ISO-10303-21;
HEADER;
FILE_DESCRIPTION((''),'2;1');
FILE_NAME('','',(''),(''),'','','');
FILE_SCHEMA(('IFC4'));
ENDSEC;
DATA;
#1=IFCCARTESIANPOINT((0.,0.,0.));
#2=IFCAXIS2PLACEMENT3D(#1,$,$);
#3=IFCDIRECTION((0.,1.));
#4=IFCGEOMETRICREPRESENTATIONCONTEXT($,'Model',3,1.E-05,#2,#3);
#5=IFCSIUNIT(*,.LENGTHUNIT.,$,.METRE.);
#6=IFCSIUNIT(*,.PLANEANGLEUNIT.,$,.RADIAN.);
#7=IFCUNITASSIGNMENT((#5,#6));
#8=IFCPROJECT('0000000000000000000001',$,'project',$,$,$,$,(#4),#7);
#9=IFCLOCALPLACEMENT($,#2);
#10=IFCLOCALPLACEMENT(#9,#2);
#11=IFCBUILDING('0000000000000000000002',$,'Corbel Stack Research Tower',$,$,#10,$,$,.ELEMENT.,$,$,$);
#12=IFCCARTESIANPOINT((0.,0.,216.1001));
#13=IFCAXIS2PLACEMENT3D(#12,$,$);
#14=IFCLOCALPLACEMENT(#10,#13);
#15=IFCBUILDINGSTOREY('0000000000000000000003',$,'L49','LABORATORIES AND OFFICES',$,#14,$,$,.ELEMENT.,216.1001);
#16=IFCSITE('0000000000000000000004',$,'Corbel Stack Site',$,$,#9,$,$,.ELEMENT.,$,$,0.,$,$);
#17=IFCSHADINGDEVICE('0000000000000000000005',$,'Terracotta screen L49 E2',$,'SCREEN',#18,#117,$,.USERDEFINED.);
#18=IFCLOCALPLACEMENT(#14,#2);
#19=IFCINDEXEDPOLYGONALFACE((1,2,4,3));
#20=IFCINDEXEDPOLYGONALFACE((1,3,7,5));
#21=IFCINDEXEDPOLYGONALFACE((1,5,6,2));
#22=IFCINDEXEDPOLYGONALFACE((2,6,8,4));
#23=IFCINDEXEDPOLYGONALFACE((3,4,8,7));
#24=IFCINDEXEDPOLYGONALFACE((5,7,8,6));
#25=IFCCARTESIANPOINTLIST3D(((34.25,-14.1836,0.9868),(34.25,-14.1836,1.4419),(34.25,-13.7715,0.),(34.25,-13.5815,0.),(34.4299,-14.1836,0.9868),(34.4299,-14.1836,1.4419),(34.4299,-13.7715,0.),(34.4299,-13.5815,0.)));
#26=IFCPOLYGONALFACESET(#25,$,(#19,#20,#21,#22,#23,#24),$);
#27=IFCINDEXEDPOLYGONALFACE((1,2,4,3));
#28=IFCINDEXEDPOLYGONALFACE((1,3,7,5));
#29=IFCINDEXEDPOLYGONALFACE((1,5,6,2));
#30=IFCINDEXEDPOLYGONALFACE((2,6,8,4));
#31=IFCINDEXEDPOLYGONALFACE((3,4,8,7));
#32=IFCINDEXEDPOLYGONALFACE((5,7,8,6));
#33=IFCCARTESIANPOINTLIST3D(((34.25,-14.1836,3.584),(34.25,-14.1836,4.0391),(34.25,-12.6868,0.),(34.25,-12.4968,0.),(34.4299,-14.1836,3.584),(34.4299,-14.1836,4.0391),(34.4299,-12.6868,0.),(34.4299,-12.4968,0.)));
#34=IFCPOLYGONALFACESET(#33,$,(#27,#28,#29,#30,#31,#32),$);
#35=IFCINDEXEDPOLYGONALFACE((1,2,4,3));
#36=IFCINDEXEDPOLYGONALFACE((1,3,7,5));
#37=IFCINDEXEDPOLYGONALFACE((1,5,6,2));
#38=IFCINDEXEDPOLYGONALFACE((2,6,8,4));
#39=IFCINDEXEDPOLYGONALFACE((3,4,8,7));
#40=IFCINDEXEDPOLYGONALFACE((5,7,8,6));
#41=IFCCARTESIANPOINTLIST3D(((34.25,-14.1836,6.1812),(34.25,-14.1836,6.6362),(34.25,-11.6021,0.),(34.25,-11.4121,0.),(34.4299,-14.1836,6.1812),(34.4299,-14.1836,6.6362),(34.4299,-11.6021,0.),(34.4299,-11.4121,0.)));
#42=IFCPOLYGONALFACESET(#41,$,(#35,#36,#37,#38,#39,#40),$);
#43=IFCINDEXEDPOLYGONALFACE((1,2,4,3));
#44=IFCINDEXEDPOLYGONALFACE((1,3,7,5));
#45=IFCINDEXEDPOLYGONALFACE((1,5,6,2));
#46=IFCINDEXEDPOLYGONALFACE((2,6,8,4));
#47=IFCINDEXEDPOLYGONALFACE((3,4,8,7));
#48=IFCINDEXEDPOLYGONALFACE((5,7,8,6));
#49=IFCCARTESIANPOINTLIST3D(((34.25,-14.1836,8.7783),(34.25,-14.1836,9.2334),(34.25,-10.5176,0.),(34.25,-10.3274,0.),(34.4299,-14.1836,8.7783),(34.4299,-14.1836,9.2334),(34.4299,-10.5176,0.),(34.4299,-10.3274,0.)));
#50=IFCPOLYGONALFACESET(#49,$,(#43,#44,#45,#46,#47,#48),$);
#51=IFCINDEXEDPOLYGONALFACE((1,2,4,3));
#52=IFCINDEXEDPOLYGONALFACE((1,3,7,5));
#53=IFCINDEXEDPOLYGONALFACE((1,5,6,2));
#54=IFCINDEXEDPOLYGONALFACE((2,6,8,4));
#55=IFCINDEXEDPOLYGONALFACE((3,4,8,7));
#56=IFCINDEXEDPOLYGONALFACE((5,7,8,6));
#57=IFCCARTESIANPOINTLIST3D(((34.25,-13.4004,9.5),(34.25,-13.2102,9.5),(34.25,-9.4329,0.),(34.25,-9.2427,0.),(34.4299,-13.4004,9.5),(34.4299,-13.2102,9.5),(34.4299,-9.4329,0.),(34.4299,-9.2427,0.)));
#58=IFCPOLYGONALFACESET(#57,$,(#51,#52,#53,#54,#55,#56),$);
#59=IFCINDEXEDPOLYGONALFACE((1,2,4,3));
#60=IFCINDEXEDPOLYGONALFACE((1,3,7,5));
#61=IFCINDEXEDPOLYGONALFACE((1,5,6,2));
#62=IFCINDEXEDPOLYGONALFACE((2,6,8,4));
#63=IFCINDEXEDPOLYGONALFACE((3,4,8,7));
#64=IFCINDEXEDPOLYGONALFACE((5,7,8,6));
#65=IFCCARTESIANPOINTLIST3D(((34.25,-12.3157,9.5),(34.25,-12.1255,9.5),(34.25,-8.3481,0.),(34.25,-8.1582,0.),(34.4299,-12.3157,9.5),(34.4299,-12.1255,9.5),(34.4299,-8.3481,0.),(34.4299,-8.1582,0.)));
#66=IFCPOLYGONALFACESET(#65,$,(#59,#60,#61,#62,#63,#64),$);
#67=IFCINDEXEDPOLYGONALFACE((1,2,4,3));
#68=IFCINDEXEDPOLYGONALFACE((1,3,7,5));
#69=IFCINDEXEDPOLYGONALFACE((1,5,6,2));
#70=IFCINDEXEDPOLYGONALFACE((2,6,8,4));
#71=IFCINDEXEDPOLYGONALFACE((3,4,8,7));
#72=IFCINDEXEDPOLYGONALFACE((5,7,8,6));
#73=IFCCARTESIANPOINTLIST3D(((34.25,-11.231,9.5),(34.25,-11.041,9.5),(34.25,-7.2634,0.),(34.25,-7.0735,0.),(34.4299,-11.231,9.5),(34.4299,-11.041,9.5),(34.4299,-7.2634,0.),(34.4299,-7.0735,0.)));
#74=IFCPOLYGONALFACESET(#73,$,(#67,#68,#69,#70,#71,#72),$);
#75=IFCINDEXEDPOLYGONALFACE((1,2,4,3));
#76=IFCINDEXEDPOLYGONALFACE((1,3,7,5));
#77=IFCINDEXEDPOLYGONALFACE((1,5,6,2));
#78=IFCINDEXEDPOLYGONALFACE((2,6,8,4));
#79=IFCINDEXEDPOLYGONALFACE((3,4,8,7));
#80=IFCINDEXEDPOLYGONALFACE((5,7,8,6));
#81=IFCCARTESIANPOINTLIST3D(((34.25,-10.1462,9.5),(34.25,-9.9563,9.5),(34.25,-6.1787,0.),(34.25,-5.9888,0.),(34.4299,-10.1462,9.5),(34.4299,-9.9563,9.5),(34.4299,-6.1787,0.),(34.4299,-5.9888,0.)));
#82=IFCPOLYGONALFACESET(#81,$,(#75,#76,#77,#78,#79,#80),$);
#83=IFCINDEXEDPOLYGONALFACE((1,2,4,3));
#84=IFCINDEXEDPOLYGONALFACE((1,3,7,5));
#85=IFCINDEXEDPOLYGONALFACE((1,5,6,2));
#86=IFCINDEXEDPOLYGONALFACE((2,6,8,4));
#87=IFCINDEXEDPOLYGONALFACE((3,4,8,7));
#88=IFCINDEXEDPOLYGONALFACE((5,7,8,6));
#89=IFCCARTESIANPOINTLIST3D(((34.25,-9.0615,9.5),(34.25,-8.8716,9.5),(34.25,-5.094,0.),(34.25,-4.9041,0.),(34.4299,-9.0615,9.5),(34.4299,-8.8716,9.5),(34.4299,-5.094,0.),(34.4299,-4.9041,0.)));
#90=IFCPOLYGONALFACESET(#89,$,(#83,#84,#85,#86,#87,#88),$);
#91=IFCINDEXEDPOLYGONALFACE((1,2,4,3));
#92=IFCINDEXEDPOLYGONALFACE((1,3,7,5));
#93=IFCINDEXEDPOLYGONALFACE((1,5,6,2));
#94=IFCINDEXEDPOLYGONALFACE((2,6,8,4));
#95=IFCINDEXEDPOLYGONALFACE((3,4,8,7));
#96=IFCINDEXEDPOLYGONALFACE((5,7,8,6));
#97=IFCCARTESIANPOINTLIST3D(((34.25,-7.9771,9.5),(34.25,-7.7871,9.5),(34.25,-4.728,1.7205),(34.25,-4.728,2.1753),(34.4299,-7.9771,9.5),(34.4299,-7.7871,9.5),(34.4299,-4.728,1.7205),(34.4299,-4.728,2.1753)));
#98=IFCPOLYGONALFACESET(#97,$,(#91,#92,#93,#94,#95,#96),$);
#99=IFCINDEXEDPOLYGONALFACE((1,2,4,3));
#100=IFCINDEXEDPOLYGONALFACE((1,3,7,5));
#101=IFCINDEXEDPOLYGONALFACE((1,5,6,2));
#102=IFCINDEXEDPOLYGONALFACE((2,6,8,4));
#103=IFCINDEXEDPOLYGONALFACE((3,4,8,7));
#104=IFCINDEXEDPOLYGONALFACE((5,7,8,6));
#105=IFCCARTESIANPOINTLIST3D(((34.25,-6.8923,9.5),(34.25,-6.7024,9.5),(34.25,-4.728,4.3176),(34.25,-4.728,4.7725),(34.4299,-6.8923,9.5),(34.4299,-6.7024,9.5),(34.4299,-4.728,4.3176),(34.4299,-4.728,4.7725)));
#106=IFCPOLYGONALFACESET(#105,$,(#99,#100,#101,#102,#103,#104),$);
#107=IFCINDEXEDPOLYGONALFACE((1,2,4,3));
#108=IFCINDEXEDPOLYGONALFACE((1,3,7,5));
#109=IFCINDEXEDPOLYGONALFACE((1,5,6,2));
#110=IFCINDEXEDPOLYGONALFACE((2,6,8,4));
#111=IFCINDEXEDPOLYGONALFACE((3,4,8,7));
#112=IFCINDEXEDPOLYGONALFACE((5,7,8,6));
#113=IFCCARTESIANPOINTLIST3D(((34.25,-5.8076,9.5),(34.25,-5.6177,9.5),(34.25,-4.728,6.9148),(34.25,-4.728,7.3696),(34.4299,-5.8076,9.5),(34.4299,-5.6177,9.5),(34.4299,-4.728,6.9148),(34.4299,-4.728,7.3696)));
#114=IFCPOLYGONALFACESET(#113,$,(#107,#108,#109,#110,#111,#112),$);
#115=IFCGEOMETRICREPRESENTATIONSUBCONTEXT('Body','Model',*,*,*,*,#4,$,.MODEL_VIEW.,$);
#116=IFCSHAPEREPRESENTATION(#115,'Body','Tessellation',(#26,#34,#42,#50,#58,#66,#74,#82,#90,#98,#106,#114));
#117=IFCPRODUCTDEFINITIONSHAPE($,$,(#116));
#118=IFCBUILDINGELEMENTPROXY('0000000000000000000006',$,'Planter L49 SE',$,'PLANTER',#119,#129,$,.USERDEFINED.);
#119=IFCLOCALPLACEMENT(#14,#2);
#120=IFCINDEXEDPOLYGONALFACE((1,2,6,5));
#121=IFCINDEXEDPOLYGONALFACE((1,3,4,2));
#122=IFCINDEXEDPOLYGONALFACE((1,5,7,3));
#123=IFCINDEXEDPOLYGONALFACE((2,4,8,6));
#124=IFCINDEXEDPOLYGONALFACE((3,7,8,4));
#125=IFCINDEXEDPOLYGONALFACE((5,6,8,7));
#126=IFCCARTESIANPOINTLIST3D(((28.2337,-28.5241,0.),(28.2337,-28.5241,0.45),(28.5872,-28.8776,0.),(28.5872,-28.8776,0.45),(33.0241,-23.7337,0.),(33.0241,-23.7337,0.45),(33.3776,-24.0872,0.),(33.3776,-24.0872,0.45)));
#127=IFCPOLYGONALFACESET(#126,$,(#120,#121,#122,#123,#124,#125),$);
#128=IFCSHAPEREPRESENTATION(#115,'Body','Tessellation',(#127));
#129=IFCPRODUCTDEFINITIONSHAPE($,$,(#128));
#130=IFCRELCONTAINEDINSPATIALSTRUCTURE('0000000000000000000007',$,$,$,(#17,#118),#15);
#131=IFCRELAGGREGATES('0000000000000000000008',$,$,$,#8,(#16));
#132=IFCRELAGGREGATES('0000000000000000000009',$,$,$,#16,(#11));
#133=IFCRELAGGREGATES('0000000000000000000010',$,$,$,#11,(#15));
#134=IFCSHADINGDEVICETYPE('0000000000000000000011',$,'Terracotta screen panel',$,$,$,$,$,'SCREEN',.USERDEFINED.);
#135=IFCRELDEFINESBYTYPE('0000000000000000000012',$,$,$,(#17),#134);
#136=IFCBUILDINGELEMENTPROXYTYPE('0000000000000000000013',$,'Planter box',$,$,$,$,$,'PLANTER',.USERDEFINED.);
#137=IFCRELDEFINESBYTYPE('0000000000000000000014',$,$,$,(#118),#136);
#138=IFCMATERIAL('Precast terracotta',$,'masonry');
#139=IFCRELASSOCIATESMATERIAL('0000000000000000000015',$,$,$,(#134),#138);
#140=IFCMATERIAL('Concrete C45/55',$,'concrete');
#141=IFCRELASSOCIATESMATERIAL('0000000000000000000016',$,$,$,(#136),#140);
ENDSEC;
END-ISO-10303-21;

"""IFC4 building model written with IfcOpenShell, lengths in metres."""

from ifc_helpers import new_model, si_unit, direction, frame, origin, origin_2d, place, context, subcontext, project, spatial, polyline, rectangle, outline, extrude, source, transform, mapped, material, type_object, element, save


model = new_model("IFC4")

# Units and contexts
model_context = context("Model", 3, precision=1e-05, world=origin(), true_north=direction((0.0, 1.0)))
body_context = subcontext(model_context, "Body", "Model", "MODEL_VIEW")
ifc_project = project(units=[si_unit("LENGTHUNIT", "METRE"), si_unit("PLANEANGLEUNIT", "RADIAN")], contexts=[model_context])

# Site, building, storey
site_placement = place(None, origin())
site = spatial("IfcSite", under=ifc_project, at=site_placement, Name="Corbel Stack Site", CompositionType="ELEMENT", RefElevation=0.0)
building_placement = place(site_placement, origin())
building = spatial("IfcBuilding", under=site, at=building_placement, Name="Corbel Stack Research Tower", CompositionType="ELEMENT")
storey_placement = place(building_placement, frame((0.0, 0.0, 216.1001)))
storey = spatial("IfcBuildingStorey", under=building, at=storey_placement, Name="L49", Description="LABORATORIES AND OFFICES", CompositionType="ELEMENT", Elevation=216.1001)

# Shading device
ifc_material_1 = material(Name="Precast terracotta", Category="masonry")
shading_device_type = type_object("IfcShadingDeviceType", Name="Terracotta screen panel", ElementType="SCREEN", PredefinedType="USERDEFINED", material=ifc_material_1)
shared_shape_1 = source(origin(), body_context, "Body", "SweptSolid", [
    extrude(outline(polyline([(0.6021, 0.0), (0.0, 1.4419), (0.0, 0.9868), (0.4121, 0.0), (0.6021, 0.0)])), frame((0.0, 0.0, 0.0), z_axis=(0.0, -1.0, 0.0), x_axis=(1.0, 0.0, 0.0)), (0.0, 0.0, 1.0), 0.1799),
    extrude(outline(polyline([(1.6868, 0.0), (0.0, 4.0391), (0.0, 3.584), (1.4968, 0.0), (1.6868, 0.0)])), frame((0.0, 0.0, 0.0), z_axis=(0.0, -1.0, 0.0), x_axis=(1.0, 0.0, 0.0)), (0.0, 0.0, 1.0), 0.1799),
    extrude(outline(polyline([(2.7715, 0.0), (0.0, 6.6362), (0.0, 6.1812), (2.5815, 0.0), (2.7715, 0.0)])), frame((0.0, 0.0, 0.0), z_axis=(0.0, -1.0, 0.0), x_axis=(1.0, 0.0, 0.0)), (0.0, 0.0, 1.0), 0.1799),
    extrude(outline(polyline([(3.8562, 0.0), (0.0, 9.2334), (0.0, 8.7783), (3.666, 0.0), (3.8562, 0.0)])), frame((0.0, 0.0, 0.0), z_axis=(0.0, -1.0, 0.0), x_axis=(1.0, 0.0, 0.0)), (0.0, 0.0, 1.0), 0.1799),
    extrude(outline(polyline([(4.9409, 0.0), (0.9734, 9.5), (0.7832, 9.5), (4.7507, 0.0), (4.9409, 0.0)])), frame((0.0, 0.0, 0.0), z_axis=(0.0, -1.0, 0.0), x_axis=(1.0, 0.0, 0.0)), (0.0, 0.0, 1.0), 0.1799),
    extrude(outline(polyline([(6.0254, 0.0), (2.0581, 9.5), (1.8679, 9.5), (5.8354, 0.0), (6.0254, 0.0)])), frame((0.0, 0.0, 0.0), z_axis=(0.0, -1.0, 0.0), x_axis=(1.0, 0.0, 0.0)), (0.0, 0.0, 1.0), 0.1799),
    extrude(outline(polyline([(7.1101, 0.0), (3.1426, 9.5), (2.9526, 9.5), (6.9202, 0.0), (7.1101, 0.0)])), frame((0.0, 0.0, 0.0), z_axis=(0.0, -1.0, 0.0), x_axis=(1.0, 0.0, 0.0)), (0.0, 0.0, 1.0), 0.1799),
    extrude(outline(polyline([(8.1948, 0.0), (4.2273, 9.5), (4.0374, 9.5), (8.0049, 0.0), (8.1948, 0.0)])), frame((0.0, 0.0, 0.0), z_axis=(0.0, -1.0, 0.0), x_axis=(1.0, 0.0, 0.0)), (0.0, 0.0, 1.0), 0.1799),
    extrude(outline(polyline([(9.2795, 0.0), (5.312, 9.5), (5.1221, 9.5), (9.0896, 0.0), (9.2795, 0.0)])), frame((0.0, 0.0, 0.0), z_axis=(0.0, -1.0, 0.0), x_axis=(1.0, 0.0, 0.0)), (0.0, 0.0, 1.0), 0.1799),
    extrude(outline(polyline([(6.3965, 9.5), (6.2065, 9.5), (9.4556, 1.7205), (9.4556, 2.1753), (6.3965, 9.5)])), frame((0.0, 0.0, 0.0), z_axis=(0.0, -1.0, 0.0), x_axis=(1.0, 0.0, 0.0)), (0.0, 0.0, 1.0), 0.1799),
    extrude(outline(polyline([(7.4812, 9.5), (7.2913, 9.5), (9.4556, 4.3176), (9.4556, 4.7725), (7.4812, 9.5)])), frame((0.0, 0.0, 0.0), z_axis=(0.0, -1.0, 0.0), x_axis=(1.0, 0.0, 0.0)), (0.0, 0.0, 1.0), 0.1799),
    extrude(outline(polyline([(8.5659, 9.5), (8.376, 9.5), (9.4556, 6.9148), (9.4556, 7.3696), (8.5659, 9.5)])), frame((0.0, 0.0, 0.0), z_axis=(0.0, -1.0, 0.0), x_axis=(1.0, 0.0, 0.0)), (0.0, 0.0, 1.0), 0.1799),
])
shading_device_1_placement = place(storey_placement, frame((34.25, -14.1836, 0.0), z_axis=(0.0, 0.0, 1.0), x_axis=(0.0, 1.0, 0.0)))
element("IfcShadingDevice", 1, at=shading_device_1_placement, inside=storey, type_object=shading_device_type, Name="Terracotta screen L49 E2", ObjectType="SCREEN", PredefinedType="USERDEFINED", context=body_context, shape_type="MappedRepresentation", body=[
    mapped(shared_shape_1, transform((0.0, 0.0, 0.0))),
])

# Building element proxy
ifc_material_2 = material(Name="Concrete C45/55", Category="concrete")
building_element_proxy_type = type_object("IfcBuildingElementProxyType", Name="Planter box", ElementType="PLANTER", PredefinedType="USERDEFINED", material=ifc_material_2)
proxy_placement = place(storey_placement, frame((30.8057, -26.3057, 0.0), z_axis=(0.0, 0.0, 1.0), x_axis=(0.707107, 0.707107, 0.0)))
element("IfcBuildingElementProxy", 2, at=proxy_placement, inside=storey, type_object=building_element_proxy_type, Name="Planter L49 SE", ObjectType="PLANTER", PredefinedType="USERDEFINED", context=body_context, shape_type="SweptSolid", body=[
    extrude(rectangle(XDim=6.7747, YDim=0.5, at=origin_2d()), origin(), (0.0, 0.0, 1.0), 0.45),
])

save(model, "model.ifc")
